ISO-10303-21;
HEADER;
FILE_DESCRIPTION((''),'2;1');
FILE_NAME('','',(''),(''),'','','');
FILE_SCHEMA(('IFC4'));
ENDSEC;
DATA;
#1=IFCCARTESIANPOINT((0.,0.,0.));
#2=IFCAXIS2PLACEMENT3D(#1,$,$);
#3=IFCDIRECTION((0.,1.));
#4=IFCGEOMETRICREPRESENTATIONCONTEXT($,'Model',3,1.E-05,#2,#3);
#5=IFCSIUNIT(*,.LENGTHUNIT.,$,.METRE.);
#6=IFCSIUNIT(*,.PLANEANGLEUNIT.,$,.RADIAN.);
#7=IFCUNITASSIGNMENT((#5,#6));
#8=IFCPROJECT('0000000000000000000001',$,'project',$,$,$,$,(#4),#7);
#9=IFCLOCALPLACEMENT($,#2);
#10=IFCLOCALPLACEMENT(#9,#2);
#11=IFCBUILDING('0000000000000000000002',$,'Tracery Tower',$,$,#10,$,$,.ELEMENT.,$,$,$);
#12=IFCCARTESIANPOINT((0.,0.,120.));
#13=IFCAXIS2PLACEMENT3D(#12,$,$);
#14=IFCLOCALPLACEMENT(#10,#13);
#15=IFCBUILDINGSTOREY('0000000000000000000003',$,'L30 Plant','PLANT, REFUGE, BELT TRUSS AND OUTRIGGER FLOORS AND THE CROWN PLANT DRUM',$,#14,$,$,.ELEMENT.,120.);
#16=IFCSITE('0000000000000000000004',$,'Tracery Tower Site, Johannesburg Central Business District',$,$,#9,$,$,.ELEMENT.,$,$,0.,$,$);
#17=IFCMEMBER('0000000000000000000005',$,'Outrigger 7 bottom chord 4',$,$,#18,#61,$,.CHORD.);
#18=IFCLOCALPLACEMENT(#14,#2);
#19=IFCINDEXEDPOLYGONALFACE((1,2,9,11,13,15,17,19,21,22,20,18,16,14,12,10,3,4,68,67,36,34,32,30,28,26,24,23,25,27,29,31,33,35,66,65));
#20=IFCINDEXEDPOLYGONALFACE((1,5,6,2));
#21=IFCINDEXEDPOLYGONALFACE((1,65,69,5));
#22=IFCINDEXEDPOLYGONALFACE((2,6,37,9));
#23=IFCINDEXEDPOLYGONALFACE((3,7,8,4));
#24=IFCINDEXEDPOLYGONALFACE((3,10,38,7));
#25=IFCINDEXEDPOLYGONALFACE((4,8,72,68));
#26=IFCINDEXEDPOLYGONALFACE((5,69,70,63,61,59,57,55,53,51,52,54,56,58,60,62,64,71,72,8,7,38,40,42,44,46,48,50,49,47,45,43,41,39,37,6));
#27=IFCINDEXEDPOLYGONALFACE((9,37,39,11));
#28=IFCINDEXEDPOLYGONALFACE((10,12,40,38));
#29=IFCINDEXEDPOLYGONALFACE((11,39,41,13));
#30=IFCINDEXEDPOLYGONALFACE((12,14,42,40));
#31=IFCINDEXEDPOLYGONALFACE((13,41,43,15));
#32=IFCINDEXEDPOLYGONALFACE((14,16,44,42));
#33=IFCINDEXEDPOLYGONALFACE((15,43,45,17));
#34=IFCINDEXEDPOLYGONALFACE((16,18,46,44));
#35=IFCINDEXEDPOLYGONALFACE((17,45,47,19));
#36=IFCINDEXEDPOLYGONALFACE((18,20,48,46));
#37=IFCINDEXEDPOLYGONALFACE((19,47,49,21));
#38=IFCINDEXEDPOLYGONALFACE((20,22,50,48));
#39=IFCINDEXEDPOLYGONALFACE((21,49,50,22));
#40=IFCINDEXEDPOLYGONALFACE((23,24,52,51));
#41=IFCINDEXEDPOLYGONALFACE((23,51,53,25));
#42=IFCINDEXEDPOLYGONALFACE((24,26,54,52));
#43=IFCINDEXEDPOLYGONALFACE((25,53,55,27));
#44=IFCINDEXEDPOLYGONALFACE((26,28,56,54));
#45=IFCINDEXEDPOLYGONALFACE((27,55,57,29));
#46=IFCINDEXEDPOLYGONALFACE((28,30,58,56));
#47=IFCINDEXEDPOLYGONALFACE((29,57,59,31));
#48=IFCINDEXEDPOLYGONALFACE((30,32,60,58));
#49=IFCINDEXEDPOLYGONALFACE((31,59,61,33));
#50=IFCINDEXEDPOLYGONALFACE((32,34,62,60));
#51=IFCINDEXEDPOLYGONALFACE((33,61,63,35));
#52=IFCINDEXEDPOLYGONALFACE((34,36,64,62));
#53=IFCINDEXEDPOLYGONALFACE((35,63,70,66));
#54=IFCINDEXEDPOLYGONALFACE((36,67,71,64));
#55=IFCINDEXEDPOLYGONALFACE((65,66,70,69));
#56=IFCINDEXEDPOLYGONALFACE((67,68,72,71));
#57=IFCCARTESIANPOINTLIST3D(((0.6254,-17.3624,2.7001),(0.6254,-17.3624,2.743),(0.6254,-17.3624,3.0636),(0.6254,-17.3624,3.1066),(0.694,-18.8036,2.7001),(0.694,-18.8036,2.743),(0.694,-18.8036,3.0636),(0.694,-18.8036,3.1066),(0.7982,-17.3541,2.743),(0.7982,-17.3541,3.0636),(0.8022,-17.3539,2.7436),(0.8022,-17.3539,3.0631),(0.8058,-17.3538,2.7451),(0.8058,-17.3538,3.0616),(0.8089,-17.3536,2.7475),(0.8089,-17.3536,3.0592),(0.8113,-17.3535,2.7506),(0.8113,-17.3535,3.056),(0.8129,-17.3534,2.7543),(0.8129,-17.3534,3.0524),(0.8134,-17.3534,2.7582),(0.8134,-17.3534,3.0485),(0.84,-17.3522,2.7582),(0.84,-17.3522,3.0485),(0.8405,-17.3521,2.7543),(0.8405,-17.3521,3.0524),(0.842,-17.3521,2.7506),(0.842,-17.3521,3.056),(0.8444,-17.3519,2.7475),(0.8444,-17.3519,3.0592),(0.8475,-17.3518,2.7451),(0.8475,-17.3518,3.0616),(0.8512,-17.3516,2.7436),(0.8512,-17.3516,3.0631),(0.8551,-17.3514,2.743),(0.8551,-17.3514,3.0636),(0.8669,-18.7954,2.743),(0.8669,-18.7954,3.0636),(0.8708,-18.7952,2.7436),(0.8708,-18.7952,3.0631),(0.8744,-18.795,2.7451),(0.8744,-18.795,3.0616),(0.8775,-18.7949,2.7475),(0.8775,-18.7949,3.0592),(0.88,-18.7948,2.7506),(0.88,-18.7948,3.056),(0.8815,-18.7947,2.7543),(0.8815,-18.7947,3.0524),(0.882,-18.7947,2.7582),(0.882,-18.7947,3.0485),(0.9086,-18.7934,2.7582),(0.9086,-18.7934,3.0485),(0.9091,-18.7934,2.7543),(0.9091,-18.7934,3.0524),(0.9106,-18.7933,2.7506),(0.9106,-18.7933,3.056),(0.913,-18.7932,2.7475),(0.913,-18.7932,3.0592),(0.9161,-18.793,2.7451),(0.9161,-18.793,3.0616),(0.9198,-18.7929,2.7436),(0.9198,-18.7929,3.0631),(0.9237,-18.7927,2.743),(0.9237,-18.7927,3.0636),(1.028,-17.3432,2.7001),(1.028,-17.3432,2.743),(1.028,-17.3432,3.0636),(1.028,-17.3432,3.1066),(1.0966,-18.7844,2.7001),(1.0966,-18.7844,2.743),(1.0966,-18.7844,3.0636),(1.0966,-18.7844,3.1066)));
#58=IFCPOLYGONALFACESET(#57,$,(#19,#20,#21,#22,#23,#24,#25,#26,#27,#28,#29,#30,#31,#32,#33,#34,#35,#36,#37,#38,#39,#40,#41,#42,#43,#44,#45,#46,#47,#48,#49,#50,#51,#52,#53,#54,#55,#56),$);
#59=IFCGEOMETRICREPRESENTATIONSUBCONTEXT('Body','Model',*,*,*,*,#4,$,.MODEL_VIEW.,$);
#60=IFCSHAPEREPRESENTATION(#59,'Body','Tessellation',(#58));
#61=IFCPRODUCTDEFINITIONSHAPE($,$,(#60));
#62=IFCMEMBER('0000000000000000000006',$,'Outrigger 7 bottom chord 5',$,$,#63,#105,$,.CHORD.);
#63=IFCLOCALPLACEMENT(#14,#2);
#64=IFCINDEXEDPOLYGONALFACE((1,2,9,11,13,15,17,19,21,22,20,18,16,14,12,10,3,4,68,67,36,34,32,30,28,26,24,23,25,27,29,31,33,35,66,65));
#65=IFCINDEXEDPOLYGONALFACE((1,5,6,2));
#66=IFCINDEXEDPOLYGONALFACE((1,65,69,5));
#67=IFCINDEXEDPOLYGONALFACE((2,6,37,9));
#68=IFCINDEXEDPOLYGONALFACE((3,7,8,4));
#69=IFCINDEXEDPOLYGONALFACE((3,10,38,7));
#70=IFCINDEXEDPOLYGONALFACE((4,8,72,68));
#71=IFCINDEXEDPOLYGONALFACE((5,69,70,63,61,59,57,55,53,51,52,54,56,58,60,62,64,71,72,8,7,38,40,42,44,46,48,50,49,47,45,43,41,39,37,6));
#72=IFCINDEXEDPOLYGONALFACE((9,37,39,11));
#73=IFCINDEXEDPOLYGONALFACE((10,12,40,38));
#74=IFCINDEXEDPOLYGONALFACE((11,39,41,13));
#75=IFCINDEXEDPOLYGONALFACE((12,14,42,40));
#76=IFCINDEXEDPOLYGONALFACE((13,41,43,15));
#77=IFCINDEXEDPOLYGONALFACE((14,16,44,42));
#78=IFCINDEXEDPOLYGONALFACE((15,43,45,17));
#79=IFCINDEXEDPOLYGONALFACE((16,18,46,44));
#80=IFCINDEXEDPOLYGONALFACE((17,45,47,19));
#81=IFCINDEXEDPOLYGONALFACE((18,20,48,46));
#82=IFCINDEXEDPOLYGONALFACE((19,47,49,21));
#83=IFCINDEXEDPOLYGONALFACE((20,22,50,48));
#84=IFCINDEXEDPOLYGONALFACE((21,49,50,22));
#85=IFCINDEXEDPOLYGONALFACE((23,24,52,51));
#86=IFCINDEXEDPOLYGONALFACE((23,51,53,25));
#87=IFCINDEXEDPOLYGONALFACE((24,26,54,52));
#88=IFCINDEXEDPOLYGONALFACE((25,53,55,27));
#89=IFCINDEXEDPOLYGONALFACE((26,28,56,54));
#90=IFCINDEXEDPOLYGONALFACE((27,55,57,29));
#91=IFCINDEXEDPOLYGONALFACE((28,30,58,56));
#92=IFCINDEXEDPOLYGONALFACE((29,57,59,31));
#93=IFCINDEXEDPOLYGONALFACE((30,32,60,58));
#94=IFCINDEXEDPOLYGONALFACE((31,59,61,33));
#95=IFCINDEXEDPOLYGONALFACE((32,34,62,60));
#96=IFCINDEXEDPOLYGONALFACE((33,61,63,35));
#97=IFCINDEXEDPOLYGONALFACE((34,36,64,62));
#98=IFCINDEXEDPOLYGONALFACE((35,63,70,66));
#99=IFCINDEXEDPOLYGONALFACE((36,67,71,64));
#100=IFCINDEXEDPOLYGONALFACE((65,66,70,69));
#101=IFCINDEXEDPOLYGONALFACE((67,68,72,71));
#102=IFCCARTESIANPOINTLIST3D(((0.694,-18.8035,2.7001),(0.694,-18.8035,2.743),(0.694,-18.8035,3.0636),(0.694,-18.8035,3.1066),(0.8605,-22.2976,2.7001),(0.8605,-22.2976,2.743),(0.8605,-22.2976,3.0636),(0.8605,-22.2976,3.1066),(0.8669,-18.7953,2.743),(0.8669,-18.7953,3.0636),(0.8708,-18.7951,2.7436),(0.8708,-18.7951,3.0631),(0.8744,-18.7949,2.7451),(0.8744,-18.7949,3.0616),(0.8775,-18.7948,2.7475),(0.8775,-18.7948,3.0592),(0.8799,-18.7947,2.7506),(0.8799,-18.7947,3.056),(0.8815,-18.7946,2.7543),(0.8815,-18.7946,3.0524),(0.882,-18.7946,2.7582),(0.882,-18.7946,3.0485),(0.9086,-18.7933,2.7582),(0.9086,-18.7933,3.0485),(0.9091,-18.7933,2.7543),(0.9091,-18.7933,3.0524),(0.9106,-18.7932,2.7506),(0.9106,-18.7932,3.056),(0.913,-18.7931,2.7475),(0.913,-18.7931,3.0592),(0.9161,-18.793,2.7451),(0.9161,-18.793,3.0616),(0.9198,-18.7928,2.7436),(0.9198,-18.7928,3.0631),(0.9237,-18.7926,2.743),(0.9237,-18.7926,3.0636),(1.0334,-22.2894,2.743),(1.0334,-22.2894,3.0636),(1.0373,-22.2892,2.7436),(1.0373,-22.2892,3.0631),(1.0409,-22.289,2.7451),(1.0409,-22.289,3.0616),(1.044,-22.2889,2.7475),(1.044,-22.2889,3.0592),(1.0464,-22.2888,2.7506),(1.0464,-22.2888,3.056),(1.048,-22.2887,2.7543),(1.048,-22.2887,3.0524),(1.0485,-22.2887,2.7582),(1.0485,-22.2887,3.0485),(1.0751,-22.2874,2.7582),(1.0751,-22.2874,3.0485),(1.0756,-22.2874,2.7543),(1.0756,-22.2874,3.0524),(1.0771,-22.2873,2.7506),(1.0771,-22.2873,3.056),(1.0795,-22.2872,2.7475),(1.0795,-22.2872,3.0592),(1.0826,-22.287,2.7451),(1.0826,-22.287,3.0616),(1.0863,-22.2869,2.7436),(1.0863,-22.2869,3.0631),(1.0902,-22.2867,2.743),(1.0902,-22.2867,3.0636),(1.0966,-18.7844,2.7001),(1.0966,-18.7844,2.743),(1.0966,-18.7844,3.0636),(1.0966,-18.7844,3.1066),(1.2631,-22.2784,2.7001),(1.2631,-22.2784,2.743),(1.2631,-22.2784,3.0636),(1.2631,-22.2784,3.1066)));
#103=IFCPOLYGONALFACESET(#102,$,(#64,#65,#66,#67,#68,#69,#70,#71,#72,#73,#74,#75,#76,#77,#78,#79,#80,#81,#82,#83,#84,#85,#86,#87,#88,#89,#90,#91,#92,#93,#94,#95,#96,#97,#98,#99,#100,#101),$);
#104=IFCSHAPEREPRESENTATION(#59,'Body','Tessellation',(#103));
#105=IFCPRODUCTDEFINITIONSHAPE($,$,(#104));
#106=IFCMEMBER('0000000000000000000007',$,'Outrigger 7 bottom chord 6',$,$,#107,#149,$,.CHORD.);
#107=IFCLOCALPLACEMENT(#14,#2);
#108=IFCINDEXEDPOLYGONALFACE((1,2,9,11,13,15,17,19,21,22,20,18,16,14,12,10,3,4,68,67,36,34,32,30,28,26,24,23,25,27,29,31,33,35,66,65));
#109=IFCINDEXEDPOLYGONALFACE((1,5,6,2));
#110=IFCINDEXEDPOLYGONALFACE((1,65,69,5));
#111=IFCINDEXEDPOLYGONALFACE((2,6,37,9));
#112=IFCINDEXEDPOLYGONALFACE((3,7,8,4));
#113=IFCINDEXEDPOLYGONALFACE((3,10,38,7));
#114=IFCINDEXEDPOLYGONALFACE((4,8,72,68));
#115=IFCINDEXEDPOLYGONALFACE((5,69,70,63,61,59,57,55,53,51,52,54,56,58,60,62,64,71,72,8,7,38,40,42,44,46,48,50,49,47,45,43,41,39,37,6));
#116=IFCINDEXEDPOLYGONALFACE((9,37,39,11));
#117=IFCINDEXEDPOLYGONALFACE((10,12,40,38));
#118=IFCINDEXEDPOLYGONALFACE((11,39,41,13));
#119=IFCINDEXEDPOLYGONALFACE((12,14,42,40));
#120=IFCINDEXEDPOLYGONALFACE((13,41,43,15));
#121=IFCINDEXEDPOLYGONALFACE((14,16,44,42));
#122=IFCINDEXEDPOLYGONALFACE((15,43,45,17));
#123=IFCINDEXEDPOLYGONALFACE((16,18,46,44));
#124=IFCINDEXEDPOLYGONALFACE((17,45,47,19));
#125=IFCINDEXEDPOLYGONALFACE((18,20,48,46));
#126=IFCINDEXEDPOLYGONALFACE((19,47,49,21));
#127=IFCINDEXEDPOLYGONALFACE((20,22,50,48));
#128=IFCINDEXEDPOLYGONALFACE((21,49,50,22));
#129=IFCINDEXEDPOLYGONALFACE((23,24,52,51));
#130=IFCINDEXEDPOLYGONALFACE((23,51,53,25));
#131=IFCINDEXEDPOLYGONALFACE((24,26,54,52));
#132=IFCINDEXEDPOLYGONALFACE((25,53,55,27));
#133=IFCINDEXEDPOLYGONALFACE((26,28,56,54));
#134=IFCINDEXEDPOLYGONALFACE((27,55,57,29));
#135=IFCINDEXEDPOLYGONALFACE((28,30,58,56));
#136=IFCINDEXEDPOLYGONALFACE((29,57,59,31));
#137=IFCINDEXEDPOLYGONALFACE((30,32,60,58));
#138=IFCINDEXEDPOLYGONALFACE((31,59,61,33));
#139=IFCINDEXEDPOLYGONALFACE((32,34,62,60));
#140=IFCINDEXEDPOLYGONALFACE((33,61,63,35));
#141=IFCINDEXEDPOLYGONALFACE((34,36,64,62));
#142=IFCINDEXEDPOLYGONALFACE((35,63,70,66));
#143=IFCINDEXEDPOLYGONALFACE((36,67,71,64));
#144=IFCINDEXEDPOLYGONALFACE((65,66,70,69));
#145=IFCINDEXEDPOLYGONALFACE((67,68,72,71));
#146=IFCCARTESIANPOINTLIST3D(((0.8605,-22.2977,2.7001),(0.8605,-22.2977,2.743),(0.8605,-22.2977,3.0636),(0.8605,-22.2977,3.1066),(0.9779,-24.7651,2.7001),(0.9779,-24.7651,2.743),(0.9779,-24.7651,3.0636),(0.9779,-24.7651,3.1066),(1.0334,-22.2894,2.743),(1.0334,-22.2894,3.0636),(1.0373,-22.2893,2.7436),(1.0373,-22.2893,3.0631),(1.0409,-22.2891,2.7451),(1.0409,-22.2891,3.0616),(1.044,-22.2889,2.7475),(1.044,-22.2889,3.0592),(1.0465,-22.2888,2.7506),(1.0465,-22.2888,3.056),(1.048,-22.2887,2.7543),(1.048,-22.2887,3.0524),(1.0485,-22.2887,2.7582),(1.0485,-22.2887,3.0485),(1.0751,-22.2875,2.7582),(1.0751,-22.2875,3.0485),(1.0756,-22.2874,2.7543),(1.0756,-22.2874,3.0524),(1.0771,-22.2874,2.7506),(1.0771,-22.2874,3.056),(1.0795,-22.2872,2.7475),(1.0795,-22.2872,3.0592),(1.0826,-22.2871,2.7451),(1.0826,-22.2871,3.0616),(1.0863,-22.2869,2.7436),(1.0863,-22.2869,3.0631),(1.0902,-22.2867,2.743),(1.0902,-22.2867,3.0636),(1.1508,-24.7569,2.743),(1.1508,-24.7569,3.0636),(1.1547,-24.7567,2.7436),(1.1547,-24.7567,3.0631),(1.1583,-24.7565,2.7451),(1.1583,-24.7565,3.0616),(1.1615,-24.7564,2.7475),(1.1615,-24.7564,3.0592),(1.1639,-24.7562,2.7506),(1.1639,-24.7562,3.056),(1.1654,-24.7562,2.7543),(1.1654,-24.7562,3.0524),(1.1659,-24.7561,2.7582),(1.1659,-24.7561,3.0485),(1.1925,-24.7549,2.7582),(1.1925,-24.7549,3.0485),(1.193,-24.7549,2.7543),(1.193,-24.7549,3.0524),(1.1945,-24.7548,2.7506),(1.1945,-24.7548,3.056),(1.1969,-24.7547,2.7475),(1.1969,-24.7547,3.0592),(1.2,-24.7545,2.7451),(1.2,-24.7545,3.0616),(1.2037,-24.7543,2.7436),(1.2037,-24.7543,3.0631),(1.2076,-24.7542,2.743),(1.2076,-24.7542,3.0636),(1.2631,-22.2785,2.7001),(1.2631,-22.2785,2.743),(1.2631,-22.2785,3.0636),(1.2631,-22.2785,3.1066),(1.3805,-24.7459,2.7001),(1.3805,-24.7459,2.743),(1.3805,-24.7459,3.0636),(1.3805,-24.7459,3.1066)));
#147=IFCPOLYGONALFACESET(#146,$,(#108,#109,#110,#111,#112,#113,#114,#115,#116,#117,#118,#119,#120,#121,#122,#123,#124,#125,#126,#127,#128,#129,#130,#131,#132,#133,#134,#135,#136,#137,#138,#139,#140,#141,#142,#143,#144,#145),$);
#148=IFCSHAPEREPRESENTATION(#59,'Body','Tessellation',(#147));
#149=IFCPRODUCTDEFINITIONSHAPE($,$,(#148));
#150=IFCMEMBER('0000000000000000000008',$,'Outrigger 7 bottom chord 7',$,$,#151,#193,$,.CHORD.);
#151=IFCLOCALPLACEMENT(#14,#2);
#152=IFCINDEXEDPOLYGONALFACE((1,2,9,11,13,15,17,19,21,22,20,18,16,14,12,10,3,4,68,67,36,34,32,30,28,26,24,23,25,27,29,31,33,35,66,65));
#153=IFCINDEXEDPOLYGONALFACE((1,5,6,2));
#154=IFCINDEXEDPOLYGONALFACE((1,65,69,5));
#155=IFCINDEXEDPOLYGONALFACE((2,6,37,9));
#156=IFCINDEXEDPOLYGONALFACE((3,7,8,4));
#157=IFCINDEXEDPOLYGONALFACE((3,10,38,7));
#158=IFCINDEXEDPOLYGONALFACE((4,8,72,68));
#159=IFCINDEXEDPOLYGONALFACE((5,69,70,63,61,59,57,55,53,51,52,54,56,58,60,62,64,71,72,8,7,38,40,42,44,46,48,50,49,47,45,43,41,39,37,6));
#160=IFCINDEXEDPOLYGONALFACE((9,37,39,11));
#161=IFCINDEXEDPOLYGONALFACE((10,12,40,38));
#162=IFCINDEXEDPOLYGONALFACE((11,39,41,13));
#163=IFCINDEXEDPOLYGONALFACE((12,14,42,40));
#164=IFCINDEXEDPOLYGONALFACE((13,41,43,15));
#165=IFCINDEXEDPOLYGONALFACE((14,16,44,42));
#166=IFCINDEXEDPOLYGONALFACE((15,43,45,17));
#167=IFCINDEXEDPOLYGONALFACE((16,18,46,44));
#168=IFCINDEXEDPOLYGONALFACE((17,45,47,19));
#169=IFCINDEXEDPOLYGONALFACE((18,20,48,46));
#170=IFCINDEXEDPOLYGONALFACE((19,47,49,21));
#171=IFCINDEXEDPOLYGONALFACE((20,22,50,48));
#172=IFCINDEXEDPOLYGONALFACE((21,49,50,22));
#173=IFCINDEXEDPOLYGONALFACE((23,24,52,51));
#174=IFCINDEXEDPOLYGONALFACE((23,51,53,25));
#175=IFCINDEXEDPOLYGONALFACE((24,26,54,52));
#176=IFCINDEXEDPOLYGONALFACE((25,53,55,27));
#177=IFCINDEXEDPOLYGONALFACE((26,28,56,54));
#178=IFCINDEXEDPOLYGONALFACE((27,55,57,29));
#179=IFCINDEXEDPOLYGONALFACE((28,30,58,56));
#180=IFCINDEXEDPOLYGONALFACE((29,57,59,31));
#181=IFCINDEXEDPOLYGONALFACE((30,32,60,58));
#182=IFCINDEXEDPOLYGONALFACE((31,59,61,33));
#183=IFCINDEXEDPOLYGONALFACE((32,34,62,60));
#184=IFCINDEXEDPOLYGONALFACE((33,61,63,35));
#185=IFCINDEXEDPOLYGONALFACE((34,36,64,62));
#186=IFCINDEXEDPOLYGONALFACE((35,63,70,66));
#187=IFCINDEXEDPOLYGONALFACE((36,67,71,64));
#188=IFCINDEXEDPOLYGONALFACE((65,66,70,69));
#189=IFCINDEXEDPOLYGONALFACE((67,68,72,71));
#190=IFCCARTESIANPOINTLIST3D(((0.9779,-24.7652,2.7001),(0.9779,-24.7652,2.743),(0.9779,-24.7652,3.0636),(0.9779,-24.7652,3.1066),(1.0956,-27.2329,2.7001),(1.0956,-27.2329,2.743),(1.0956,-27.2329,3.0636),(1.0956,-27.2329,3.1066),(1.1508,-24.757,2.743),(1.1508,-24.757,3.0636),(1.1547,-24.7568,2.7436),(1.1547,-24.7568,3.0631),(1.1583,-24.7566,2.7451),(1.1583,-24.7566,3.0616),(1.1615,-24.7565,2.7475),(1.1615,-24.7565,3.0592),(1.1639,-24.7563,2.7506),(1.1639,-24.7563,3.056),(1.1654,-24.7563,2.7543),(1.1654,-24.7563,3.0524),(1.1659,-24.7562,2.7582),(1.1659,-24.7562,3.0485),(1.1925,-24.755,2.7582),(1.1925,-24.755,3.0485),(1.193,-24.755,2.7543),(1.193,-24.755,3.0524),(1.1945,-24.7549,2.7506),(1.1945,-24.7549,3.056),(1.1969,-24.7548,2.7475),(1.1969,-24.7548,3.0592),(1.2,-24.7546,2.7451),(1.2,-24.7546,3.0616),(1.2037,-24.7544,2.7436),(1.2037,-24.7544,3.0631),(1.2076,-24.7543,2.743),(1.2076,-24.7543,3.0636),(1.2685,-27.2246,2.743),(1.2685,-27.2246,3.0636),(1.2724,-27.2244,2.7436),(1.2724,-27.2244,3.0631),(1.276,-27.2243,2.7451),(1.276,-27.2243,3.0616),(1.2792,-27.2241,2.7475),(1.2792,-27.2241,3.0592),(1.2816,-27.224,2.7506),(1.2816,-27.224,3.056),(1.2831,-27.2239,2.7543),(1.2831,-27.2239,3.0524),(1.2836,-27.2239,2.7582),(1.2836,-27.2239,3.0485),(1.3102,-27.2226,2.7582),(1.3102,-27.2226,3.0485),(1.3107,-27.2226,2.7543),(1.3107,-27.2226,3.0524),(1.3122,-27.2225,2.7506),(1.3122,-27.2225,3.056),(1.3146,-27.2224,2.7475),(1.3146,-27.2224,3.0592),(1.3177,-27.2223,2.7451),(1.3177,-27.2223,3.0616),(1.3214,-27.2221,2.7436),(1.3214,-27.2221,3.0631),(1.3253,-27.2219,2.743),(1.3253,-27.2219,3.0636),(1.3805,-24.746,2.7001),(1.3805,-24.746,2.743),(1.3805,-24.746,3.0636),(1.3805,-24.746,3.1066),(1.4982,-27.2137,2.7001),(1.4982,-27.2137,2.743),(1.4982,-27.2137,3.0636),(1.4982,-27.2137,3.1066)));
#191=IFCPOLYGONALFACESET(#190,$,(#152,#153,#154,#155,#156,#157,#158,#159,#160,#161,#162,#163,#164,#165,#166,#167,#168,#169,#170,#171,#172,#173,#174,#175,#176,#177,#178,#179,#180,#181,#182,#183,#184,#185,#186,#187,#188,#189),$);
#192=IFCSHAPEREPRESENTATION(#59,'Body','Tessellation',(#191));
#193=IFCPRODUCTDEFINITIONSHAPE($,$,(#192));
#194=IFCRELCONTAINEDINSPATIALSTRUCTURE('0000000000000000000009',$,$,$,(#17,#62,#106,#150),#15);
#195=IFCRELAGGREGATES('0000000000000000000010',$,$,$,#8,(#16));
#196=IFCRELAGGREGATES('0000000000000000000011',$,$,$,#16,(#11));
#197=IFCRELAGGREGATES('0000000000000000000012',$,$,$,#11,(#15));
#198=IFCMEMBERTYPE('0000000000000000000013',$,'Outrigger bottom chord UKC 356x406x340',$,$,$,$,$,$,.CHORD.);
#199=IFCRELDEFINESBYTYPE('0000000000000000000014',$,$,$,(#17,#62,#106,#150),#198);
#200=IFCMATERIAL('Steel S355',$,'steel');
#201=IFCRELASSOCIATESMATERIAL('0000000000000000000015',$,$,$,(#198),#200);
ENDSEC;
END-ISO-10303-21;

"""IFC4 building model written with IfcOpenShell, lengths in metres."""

from ifc_helpers import new_model, si_unit, direction, frame, origin, origin_2d, place, context, subcontext, project, spatial, i_section, extrude, material, material_profile, profile_set, type_object, element, save


model = new_model("IFC4")

# Units and contexts
model_context = context("Model", 3, precision=1e-05, world=origin(), true_north=direction((0.0, 1.0)))
body_context = subcontext(model_context, "Body", "Model", "MODEL_VIEW")
ifc_project = project(units=[si_unit("LENGTHUNIT", "METRE"), si_unit("PLANEANGLEUNIT", "RADIAN")], contexts=[model_context])

# Site, building, storey
site_placement = place(None, origin())
site = spatial("IfcSite", under=ifc_project, at=site_placement, Name="Tracery Tower Site, Johannesburg Central Business District", CompositionType="ELEMENT", RefElevation=0.0)
building_placement = place(site_placement, origin())
building = spatial("IfcBuilding", under=site, at=building_placement, Name="Tracery Tower", CompositionType="ELEMENT")
storey_placement = place(building_placement, frame((0.0, 0.0, 120.0)))
storey = spatial("IfcBuildingStorey", under=building, at=storey_placement, Name="L30 Plant", Description="PLANT, REFUGE, BELT TRUSS AND OUTRIGGER FLOORS AND THE CROWN PLANT DRUM", CompositionType="ELEMENT", Elevation=120.0)

# Members
ifc_material_1 = material(Name="Steel S355", Category="steel")
ifc_material_profile_1 = material_profile(ifc_material_1, i_section(OverallWidth=0.4031, OverallDepth=0.4065, WebThickness=0.0266, FlangeThickness=0.043, FilletRadius=0.0151, at=origin_2d()), Name="UKC 356x406x340")
ifc_profile_set_1 = profile_set([ifc_material_profile_1], Name="Steel S355")
member_type_1 = type_object("IfcMemberType", Name="Outrigger bottom chord UKC 356x406x340", PredefinedType="CHORD", material=ifc_profile_set_1)
member_1_placement = place(storey_placement, frame((0.8267, -17.3528, 2.9033), z_axis=(0.047549, -0.998869, 0.0), x_axis=(0.998869, 0.047549, 0.0)))
element("IfcMember", 1, at=member_1_placement, inside=storey, type_object=member_type_1, Name="Outrigger 7 bottom chord 4", PredefinedType="CHORD", context=body_context, shape_type="SweptSolid", body=[
    extrude(i_section(OverallWidth=0.4031, OverallDepth=0.4065, WebThickness=0.0266, FlangeThickness=0.043, FilletRadius=0.0151, at=origin_2d()), origin(), (0.0, 0.0, 1.0), 1.4429),
])
member_2_placement = place(storey_placement, frame((0.8953, -18.7939, 2.9033), z_axis=(0.047598, -0.998867, 0.0), x_axis=(0.998867, 0.047598, 0.0)))
element("IfcMember", 2, at=member_2_placement, inside=storey, type_object=member_type_1, Name="Outrigger 7 bottom chord 5", PredefinedType="CHORD", context=body_context, shape_type="SweptSolid", body=[
    extrude(i_section(OverallWidth=0.4031, OverallDepth=0.4065, WebThickness=0.0266, FlangeThickness=0.043, FilletRadius=0.0151, at=origin_2d()), origin(), (0.0, 0.0, 1.0), 3.498),
])
member_3_placement = place(storey_placement, frame((1.0618, -22.2881, 2.9033), z_axis=(0.047537, -0.998869, 0.0), x_axis=(0.998869, 0.047537, 0.0)))
element("IfcMember", 3, at=member_3_placement, inside=storey, type_object=member_type_1, Name="Outrigger 7 bottom chord 6", PredefinedType="CHORD", context=body_context, shape_type="SweptSolid", body=[
    extrude(i_section(OverallWidth=0.4031, OverallDepth=0.4065, WebThickness=0.0266, FlangeThickness=0.043, FilletRadius=0.0151, at=origin_2d()), origin(), (0.0, 0.0, 1.0), 2.4702),
])
member_4_placement = place(storey_placement, frame((1.1792, -24.7556, 2.9033), z_axis=(0.047631, -0.998865, 0.0), x_axis=(0.998865, 0.047631, 0.0)))
element("IfcMember", 4, at=member_4_placement, inside=storey, type_object=member_type_1, Name="Outrigger 7 bottom chord 7", PredefinedType="CHORD", context=body_context, shape_type="SweptSolid", body=[
    extrude(i_section(OverallWidth=0.4031, OverallDepth=0.4065, WebThickness=0.0266, FlangeThickness=0.043, FilletRadius=0.0151, at=origin_2d()), origin(), (0.0, 0.0, 1.0), 2.4705),
])

save(model, "model.ifc")
